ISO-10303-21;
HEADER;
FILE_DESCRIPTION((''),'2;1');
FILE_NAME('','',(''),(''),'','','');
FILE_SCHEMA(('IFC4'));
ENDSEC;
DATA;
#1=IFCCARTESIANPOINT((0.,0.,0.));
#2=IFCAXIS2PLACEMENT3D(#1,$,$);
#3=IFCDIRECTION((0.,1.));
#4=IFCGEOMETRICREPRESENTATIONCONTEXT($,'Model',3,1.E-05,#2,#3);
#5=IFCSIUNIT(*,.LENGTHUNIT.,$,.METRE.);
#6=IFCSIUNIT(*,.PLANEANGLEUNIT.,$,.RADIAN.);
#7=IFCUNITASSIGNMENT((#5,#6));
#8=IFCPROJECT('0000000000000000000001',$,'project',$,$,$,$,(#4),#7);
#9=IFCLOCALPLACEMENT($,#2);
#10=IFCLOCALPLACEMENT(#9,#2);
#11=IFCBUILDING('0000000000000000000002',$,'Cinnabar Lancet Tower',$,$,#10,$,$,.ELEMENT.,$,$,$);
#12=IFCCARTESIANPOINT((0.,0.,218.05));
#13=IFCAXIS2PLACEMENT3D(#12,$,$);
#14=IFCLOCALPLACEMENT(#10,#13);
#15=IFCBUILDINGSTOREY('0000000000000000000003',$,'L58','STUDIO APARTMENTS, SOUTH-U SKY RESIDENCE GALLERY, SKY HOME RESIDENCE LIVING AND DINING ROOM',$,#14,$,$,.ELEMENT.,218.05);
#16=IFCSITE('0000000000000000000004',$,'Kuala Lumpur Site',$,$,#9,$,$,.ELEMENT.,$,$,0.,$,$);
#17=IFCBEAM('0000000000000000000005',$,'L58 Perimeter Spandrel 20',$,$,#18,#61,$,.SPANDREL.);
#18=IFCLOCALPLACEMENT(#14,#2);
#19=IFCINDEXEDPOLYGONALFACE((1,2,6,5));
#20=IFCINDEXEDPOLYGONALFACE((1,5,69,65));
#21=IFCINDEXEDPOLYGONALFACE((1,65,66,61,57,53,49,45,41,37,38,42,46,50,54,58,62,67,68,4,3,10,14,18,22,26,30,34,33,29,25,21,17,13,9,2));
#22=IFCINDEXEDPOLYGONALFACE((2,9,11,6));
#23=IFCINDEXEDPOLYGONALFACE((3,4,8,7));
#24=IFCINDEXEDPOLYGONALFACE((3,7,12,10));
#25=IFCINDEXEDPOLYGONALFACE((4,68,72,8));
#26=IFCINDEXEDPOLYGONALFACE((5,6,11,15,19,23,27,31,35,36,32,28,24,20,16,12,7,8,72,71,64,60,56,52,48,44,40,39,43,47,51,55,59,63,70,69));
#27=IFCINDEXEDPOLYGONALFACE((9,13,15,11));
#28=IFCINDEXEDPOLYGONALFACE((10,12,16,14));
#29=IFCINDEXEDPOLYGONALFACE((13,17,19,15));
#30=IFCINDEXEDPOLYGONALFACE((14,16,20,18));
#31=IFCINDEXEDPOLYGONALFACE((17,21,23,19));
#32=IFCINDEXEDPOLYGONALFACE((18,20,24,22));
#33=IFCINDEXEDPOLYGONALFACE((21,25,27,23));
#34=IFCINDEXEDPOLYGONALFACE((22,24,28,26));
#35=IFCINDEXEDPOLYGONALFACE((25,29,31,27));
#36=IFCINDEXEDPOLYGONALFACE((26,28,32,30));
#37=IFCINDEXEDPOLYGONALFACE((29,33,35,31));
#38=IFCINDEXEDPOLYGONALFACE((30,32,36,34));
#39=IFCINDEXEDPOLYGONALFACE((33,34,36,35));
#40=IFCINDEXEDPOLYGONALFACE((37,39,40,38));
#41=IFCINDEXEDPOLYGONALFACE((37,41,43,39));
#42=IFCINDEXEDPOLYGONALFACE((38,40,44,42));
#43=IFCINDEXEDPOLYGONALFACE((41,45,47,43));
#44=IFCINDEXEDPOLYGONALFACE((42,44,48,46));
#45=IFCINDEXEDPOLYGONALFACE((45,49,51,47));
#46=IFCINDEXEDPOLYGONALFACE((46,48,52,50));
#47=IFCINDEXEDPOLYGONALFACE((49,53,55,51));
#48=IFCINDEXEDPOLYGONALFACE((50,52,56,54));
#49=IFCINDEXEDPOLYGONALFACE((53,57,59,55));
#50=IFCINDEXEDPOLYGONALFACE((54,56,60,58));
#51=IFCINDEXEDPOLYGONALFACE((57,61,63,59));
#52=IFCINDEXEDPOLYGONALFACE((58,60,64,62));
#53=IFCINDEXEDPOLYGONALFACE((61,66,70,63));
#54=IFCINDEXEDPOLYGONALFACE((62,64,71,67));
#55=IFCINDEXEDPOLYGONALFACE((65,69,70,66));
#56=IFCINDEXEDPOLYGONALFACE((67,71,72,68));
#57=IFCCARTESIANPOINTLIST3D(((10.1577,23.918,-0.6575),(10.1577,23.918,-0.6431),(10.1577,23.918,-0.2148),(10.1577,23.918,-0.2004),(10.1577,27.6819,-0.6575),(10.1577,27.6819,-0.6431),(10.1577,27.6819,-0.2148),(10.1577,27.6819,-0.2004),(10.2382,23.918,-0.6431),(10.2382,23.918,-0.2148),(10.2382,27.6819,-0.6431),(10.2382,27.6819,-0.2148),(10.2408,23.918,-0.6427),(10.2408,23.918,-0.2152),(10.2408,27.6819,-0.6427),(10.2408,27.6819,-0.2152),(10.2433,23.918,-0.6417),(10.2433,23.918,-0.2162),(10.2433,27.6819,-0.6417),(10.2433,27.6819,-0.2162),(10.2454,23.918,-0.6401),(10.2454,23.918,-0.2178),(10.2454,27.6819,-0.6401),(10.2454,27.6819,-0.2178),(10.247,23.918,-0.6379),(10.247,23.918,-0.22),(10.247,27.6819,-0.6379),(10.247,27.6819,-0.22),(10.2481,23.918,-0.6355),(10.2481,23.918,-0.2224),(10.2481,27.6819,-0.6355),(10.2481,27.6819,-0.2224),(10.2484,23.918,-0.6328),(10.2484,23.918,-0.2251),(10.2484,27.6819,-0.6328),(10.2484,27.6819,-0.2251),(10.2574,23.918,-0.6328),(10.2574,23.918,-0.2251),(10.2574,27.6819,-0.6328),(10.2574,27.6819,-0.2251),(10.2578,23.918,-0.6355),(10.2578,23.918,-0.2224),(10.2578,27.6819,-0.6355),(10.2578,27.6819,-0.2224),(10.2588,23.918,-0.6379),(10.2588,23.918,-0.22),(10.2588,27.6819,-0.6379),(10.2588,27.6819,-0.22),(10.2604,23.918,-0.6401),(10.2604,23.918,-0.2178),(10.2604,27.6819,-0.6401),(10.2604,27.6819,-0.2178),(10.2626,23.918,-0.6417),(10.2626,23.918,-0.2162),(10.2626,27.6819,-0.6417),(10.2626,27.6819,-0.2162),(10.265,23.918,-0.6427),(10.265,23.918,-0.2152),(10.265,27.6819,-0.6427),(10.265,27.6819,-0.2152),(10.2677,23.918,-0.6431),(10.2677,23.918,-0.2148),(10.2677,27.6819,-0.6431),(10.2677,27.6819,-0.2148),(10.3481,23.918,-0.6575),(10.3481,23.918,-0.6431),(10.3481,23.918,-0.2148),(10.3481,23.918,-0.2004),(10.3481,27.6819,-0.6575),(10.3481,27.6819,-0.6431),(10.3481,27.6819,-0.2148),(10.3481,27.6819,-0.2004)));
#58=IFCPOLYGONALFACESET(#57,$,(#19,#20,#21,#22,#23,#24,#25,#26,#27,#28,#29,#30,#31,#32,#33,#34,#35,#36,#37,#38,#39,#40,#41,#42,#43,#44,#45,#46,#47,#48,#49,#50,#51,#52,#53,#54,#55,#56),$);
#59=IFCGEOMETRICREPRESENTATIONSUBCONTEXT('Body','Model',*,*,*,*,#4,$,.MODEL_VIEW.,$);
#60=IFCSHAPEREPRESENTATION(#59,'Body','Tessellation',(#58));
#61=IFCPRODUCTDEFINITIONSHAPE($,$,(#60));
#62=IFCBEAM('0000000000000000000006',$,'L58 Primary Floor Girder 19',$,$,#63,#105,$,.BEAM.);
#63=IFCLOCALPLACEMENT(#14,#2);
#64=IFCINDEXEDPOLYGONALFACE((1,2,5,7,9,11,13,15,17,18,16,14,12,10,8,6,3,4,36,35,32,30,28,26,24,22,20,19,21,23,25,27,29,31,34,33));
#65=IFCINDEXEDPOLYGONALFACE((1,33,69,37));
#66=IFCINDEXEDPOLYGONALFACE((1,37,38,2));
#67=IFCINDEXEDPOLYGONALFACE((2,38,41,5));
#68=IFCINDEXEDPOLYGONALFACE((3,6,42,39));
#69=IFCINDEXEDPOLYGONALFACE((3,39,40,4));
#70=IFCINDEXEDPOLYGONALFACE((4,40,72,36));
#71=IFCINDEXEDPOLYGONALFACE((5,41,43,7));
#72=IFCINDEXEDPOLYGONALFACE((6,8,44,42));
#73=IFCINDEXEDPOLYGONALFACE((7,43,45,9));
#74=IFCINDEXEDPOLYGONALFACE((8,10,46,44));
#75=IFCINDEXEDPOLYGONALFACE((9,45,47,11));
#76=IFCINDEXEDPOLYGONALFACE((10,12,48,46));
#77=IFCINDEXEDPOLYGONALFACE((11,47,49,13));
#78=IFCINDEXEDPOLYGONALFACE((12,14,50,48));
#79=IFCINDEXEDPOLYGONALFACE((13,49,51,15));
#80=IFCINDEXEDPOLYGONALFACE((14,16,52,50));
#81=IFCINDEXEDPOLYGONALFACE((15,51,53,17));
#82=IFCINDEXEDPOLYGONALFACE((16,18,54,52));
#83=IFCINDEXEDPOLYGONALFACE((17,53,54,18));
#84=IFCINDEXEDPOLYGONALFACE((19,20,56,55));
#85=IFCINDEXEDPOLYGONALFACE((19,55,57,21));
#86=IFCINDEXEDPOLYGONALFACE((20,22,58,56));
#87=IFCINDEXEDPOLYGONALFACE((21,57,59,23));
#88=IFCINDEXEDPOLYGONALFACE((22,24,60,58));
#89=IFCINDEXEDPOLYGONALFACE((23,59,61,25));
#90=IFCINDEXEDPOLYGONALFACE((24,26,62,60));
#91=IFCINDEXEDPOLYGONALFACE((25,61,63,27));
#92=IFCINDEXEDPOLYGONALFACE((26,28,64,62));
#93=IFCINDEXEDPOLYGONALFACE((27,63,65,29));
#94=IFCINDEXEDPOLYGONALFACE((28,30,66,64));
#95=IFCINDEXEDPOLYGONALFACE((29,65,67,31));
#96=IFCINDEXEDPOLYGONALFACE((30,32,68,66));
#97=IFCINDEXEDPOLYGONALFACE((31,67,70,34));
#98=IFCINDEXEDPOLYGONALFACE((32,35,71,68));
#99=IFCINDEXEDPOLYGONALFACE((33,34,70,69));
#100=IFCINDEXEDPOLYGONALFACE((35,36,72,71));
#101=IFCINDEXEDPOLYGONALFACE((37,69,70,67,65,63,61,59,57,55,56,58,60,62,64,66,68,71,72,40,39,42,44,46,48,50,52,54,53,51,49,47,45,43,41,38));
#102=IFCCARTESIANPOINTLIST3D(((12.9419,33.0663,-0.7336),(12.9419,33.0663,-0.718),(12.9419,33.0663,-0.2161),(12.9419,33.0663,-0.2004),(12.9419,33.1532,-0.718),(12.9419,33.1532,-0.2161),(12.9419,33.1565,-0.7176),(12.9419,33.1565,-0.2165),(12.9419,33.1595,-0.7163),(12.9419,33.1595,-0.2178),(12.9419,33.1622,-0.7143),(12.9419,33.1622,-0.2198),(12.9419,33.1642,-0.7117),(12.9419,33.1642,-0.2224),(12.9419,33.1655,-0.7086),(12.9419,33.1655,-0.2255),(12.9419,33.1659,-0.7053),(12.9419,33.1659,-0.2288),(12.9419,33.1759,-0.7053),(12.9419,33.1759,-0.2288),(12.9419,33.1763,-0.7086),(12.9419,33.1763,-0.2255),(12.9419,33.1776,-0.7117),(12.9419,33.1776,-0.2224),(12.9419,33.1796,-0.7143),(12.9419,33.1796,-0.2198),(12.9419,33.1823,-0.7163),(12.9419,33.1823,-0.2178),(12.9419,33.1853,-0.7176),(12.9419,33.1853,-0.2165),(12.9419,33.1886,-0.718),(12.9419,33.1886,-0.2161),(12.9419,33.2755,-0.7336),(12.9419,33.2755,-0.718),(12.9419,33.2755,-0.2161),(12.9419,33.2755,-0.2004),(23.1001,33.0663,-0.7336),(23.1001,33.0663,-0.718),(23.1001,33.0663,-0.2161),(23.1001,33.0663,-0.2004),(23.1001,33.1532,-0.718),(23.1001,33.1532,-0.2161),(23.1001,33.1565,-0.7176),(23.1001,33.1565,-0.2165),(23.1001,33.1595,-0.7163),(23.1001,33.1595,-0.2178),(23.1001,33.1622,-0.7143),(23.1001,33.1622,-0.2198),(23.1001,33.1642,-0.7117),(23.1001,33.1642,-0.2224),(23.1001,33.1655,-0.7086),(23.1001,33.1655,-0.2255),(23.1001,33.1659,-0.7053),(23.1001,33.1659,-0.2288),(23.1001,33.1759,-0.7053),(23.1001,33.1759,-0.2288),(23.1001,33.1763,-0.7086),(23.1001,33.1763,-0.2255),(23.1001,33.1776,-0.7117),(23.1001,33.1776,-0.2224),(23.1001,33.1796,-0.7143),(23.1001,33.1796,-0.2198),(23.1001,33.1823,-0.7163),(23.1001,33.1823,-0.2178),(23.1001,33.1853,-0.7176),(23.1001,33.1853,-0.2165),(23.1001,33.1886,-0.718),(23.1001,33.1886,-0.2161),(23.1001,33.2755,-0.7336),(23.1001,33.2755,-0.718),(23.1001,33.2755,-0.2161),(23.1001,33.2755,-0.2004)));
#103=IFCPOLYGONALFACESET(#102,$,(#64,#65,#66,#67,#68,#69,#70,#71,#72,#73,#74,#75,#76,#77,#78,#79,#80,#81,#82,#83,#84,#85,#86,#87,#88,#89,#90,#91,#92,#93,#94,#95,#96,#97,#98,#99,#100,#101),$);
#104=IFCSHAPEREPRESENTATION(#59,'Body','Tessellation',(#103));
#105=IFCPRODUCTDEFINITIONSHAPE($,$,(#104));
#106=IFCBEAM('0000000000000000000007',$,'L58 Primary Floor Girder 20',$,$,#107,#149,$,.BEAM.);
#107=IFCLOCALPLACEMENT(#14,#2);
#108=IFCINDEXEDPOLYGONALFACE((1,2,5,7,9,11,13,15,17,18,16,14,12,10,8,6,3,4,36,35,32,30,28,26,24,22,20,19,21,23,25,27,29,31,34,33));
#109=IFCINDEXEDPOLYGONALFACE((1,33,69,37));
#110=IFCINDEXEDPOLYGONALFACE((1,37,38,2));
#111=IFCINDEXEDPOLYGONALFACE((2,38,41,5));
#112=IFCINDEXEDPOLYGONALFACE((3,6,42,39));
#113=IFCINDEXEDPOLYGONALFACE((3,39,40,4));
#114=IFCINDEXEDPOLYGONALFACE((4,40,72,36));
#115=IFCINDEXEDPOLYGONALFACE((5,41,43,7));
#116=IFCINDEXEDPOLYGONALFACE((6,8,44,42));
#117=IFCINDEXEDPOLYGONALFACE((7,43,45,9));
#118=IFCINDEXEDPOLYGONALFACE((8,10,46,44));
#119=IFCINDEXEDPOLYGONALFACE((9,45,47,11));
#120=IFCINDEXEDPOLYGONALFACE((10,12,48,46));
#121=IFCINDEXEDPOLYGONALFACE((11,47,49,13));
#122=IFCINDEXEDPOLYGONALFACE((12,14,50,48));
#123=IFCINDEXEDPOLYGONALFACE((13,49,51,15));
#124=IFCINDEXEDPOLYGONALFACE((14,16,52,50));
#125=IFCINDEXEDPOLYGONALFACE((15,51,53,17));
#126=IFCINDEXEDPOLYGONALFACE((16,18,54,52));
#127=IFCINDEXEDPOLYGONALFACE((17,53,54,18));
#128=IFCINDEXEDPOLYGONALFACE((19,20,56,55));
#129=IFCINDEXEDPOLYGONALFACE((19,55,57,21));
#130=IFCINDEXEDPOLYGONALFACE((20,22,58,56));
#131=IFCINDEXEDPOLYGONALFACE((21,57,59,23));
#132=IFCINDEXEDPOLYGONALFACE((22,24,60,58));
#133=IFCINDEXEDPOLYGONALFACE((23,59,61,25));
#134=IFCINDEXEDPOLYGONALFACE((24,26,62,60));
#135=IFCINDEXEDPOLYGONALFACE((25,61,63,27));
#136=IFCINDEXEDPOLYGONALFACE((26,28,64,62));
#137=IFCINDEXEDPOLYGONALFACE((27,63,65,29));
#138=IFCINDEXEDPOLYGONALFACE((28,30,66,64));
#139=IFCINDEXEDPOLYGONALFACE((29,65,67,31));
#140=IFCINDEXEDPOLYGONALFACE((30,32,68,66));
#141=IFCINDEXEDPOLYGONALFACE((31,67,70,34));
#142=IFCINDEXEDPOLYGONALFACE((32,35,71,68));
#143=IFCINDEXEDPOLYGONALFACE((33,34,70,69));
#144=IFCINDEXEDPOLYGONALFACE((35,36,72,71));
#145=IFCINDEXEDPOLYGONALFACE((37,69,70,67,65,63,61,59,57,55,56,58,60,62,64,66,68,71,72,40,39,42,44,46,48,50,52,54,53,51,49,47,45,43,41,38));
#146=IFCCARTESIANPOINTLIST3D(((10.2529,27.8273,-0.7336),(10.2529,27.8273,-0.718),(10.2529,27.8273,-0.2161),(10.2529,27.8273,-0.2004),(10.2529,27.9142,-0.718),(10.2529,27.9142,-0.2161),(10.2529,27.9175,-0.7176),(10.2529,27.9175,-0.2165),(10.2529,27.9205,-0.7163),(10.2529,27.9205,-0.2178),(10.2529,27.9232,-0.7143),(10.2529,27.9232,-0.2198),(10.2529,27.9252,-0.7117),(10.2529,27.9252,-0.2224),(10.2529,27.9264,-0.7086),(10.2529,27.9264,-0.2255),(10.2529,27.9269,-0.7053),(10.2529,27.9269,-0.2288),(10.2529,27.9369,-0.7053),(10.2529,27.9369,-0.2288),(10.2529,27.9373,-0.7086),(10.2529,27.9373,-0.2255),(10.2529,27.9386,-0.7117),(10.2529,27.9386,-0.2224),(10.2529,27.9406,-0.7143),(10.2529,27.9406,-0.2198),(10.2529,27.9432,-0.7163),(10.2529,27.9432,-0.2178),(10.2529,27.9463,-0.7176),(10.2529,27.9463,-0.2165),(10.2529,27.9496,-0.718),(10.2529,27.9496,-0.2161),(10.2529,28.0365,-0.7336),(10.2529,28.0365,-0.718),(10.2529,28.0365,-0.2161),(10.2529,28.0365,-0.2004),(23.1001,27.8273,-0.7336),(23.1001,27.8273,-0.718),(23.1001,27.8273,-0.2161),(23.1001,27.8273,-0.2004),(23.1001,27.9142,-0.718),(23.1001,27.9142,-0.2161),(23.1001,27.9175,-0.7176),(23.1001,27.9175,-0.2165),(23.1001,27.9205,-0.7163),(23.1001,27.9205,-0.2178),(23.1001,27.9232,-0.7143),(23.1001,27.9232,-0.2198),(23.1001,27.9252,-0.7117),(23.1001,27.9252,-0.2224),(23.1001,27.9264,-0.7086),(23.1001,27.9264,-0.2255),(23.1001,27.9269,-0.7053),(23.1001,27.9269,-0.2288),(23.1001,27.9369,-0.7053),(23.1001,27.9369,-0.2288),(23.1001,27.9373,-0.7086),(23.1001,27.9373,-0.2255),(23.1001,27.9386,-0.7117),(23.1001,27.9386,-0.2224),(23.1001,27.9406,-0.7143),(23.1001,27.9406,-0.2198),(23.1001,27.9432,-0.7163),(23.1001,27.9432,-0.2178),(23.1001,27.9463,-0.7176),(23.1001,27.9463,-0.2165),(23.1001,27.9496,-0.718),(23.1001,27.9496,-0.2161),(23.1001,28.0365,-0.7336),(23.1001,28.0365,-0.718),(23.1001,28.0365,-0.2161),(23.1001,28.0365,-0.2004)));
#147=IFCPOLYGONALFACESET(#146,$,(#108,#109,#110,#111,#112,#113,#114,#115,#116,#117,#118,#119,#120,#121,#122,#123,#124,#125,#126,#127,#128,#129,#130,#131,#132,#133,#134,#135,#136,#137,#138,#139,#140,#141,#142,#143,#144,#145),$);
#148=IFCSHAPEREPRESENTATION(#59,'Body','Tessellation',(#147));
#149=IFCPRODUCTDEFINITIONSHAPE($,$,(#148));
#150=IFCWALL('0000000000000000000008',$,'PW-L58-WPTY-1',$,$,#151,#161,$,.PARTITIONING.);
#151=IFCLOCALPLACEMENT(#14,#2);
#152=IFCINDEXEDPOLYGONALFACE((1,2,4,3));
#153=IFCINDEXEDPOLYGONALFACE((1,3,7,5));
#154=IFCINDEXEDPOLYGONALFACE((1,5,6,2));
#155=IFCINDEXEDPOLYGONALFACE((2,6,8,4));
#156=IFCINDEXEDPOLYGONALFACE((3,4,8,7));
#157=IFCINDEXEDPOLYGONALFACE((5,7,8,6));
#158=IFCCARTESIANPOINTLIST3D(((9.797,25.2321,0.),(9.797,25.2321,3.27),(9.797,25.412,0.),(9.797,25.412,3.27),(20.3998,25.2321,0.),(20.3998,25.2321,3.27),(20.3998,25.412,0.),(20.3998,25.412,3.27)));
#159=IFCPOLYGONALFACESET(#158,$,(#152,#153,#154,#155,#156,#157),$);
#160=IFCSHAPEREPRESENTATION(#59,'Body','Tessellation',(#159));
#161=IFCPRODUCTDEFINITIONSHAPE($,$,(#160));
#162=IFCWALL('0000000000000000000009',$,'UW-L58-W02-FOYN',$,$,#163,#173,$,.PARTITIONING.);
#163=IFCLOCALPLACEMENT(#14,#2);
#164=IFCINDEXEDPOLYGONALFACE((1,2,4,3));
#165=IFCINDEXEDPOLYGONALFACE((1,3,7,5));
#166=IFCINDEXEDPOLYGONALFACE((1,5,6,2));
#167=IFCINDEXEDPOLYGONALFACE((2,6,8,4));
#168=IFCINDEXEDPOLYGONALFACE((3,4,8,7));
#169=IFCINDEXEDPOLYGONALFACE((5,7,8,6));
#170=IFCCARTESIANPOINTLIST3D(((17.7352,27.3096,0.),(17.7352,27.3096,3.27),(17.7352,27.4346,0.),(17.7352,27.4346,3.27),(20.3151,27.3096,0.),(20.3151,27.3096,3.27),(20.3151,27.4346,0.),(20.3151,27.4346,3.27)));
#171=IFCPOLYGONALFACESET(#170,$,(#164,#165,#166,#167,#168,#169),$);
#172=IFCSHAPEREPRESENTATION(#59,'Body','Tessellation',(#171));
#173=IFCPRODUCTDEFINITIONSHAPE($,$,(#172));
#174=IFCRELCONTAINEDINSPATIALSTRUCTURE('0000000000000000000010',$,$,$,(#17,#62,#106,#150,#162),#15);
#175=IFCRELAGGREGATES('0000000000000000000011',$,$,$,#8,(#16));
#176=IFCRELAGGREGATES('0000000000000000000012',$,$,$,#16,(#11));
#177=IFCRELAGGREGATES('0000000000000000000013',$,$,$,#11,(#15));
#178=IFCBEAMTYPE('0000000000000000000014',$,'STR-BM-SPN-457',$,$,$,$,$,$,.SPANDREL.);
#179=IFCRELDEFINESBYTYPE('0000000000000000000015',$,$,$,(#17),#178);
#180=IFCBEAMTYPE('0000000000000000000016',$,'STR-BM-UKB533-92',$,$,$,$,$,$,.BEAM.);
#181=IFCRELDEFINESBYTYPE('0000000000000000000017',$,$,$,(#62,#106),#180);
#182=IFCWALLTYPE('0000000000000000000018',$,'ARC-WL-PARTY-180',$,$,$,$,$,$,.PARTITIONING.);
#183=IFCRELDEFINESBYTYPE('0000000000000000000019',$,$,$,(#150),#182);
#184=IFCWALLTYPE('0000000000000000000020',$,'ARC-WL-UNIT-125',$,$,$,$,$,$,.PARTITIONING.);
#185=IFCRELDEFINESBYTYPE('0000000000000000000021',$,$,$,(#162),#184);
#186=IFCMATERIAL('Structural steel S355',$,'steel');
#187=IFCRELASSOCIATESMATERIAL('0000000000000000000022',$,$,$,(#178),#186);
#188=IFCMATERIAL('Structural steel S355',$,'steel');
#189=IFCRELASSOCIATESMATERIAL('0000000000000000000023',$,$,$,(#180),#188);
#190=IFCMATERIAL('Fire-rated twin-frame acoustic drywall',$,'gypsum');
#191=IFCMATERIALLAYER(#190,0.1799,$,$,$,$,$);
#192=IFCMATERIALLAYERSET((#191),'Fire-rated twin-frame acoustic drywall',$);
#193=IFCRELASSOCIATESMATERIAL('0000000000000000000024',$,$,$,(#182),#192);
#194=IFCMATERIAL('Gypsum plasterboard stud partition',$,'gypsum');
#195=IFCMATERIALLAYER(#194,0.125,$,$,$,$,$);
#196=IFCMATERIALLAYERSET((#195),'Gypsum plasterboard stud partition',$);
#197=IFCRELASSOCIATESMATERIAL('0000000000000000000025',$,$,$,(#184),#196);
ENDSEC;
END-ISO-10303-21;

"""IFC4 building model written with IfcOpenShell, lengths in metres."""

from ifc_helpers import new_model, si_unit, direction, frame, frame_2d, origin, origin_2d, place, context, subcontext, project, spatial, rectangle, i_section, extrude, material, layer, layer_set, material_profile, profile_set, type_object, element, save


model = new_model("IFC4")

# Units and contexts
model_context = context("Model", 3, precision=1e-05, world=origin(), true_north=direction((0.0, 1.0)))
body_context = subcontext(model_context, "Body", "Model", "MODEL_VIEW")
ifc_project = project(units=[si_unit("LENGTHUNIT", "METRE"), si_unit("PLANEANGLEUNIT", "RADIAN")], contexts=[model_context])

# Site, building, storey
site_placement = place(None, origin())
site = spatial("IfcSite", under=ifc_project, at=site_placement, Name="Kuala Lumpur Site", CompositionType="ELEMENT", RefElevation=0.0)
building_placement = place(site_placement, origin())
building = spatial("IfcBuilding", under=site, at=building_placement, Name="Cinnabar Lancet Tower", CompositionType="ELEMENT")
storey_placement = place(building_placement, frame((0.0, 0.0, 218.05)))
storey = spatial("IfcBuildingStorey", under=building, at=storey_placement, Name="L58", Description="STUDIO APARTMENTS, SOUTH-U SKY RESIDENCE GALLERY, SKY HOME RESIDENCE LIVING AND DINING ROOM", CompositionType="ELEMENT", Elevation=218.05)

# Beams
ifc_material_1 = material(Name="Structural steel S355", Category="steel")
ifc_material_profile_1 = material_profile(ifc_material_1, i_section(OverallWidth=0.1904, OverallDepth=0.457, WebThickness=0.009, FlangeThickness=0.0144, FilletRadius=0.0103, at=origin_2d()), Name="UKB 457x191x74")
ifc_profile_set_1 = profile_set([ifc_material_profile_1], Name="Structural steel S355")
beam_type_1 = type_object("IfcBeamType", Name="STR-BM-SPN-457", PredefinedType="SPANDREL", material=ifc_profile_set_1)
beam_1_placement = place(storey_placement, frame((10.2529, 27.6819, -0.429), z_axis=(0.0, -1.0, 0.0), x_axis=(1.0, 0.0, 0.0)))
element("IfcBeam", 1, at=beam_1_placement, inside=storey, type_object=beam_type_1, Name="L58 Perimeter Spandrel 20", PredefinedType="SPANDREL", context=body_context, shape_type="SweptSolid", body=[
    extrude(i_section(OverallWidth=0.1904, OverallDepth=0.457, WebThickness=0.009, FlangeThickness=0.0144, FilletRadius=0.0103, at=origin_2d()), origin(), (0.0, 0.0, 1.0), 3.7639),
])
ifc_material_2 = material(Name="Structural steel S355", Category="steel")
ifc_material_profile_2 = material_profile(ifc_material_2, i_section(OverallWidth=0.2092, OverallDepth=0.5332, WebThickness=0.01, FlangeThickness=0.0156, FilletRadius=0.0127, at=origin_2d()), Name="UKB 533x210x92")
ifc_profile_set_2 = profile_set([ifc_material_profile_2], Name="Structural steel S355")
beam_type_2 = type_object("IfcBeamType", Name="STR-BM-UKB533-92", PredefinedType="BEAM", material=ifc_profile_set_2)
beam_2_placement = place(storey_placement, frame((12.9419, 33.1709, -0.467), z_axis=(1.0, 0.0, 0.0), x_axis=(0.0, 1.0, 0.0)))
element("IfcBeam", 2, at=beam_2_placement, inside=storey, type_object=beam_type_2, Name="L58 Primary Floor Girder 19", PredefinedType="BEAM", context=body_context, shape_type="SweptSolid", body=[
    extrude(i_section(OverallWidth=0.2092, OverallDepth=0.5332, WebThickness=0.01, FlangeThickness=0.0156, FilletRadius=0.0127, at=origin_2d()), origin(), (0.0, 0.0, 1.0), 10.1582),
])
beam_3_placement = place(storey_placement, frame((10.2529, 27.9319, -0.467), z_axis=(1.0, 0.0, 0.0), x_axis=(0.0, 1.0, 0.0)))
element("IfcBeam", 3, at=beam_3_placement, inside=storey, type_object=beam_type_2, Name="L58 Primary Floor Girder 20", PredefinedType="BEAM", context=body_context, shape_type="SweptSolid", body=[
    extrude(i_section(OverallWidth=0.2092, OverallDepth=0.5332, WebThickness=0.01, FlangeThickness=0.0156, FilletRadius=0.0127, at=origin_2d()), origin(), (0.0, 0.0, 1.0), 12.8472),
])

# Walls
ifc_material_3 = material(Name="Fire-rated twin-frame acoustic drywall", Category="gypsum")
ifc_layer_1 = layer(ifc_material_3, 0.1799)
ifc_layer_set_1 = layer_set([ifc_layer_1], Name="Fire-rated twin-frame acoustic drywall")
wall_type_1 = type_object("IfcWallType", Name="ARC-WL-PARTY-180", PredefinedType="PARTITIONING", material=ifc_layer_set_1)
wall_1_placement = place(storey_placement, frame((9.7971, 25.322, 0.0), z_axis=(0.0, 0.0, 1.0), x_axis=(1.0, 0.0, 0.0)))
element("IfcWall", 4, at=wall_1_placement, inside=storey, type_object=wall_type_1, Name="PW-L58-WPTY-1", PredefinedType="PARTITIONING", context=body_context, shape_type="SweptSolid", body=[
    extrude(rectangle(XDim=10.6028, YDim=0.1799, at=frame_2d((5.3013, 0.0))), origin(), (0.0, 0.0, 1.0), 3.27),
])
ifc_material_4 = material(Name="Gypsum plasterboard stud partition", Category="gypsum")
ifc_layer_2 = layer(ifc_material_4, 0.125)
ifc_layer_set_2 = layer_set([ifc_layer_2], Name="Gypsum plasterboard stud partition")
wall_type_2 = type_object("IfcWallType", Name="ARC-WL-UNIT-125", PredefinedType="PARTITIONING", material=ifc_layer_set_2)
wall_2_placement = place(storey_placement, frame((17.7351, 27.3721, 0.0), z_axis=(0.0, 0.0, 1.0), x_axis=(1.0, 0.0, 0.0)))
element("IfcWall", 5, at=wall_2_placement, inside=storey, type_object=wall_type_2, Name="UW-L58-W02-FOYN", PredefinedType="PARTITIONING", context=body_context, shape_type="SweptSolid", body=[
    extrude(rectangle(XDim=2.5798, YDim=0.125, at=frame_2d((1.29, 0.0))), origin(), (0.0, 0.0, 1.0), 3.27),
])

save(model, "model.ifc")
